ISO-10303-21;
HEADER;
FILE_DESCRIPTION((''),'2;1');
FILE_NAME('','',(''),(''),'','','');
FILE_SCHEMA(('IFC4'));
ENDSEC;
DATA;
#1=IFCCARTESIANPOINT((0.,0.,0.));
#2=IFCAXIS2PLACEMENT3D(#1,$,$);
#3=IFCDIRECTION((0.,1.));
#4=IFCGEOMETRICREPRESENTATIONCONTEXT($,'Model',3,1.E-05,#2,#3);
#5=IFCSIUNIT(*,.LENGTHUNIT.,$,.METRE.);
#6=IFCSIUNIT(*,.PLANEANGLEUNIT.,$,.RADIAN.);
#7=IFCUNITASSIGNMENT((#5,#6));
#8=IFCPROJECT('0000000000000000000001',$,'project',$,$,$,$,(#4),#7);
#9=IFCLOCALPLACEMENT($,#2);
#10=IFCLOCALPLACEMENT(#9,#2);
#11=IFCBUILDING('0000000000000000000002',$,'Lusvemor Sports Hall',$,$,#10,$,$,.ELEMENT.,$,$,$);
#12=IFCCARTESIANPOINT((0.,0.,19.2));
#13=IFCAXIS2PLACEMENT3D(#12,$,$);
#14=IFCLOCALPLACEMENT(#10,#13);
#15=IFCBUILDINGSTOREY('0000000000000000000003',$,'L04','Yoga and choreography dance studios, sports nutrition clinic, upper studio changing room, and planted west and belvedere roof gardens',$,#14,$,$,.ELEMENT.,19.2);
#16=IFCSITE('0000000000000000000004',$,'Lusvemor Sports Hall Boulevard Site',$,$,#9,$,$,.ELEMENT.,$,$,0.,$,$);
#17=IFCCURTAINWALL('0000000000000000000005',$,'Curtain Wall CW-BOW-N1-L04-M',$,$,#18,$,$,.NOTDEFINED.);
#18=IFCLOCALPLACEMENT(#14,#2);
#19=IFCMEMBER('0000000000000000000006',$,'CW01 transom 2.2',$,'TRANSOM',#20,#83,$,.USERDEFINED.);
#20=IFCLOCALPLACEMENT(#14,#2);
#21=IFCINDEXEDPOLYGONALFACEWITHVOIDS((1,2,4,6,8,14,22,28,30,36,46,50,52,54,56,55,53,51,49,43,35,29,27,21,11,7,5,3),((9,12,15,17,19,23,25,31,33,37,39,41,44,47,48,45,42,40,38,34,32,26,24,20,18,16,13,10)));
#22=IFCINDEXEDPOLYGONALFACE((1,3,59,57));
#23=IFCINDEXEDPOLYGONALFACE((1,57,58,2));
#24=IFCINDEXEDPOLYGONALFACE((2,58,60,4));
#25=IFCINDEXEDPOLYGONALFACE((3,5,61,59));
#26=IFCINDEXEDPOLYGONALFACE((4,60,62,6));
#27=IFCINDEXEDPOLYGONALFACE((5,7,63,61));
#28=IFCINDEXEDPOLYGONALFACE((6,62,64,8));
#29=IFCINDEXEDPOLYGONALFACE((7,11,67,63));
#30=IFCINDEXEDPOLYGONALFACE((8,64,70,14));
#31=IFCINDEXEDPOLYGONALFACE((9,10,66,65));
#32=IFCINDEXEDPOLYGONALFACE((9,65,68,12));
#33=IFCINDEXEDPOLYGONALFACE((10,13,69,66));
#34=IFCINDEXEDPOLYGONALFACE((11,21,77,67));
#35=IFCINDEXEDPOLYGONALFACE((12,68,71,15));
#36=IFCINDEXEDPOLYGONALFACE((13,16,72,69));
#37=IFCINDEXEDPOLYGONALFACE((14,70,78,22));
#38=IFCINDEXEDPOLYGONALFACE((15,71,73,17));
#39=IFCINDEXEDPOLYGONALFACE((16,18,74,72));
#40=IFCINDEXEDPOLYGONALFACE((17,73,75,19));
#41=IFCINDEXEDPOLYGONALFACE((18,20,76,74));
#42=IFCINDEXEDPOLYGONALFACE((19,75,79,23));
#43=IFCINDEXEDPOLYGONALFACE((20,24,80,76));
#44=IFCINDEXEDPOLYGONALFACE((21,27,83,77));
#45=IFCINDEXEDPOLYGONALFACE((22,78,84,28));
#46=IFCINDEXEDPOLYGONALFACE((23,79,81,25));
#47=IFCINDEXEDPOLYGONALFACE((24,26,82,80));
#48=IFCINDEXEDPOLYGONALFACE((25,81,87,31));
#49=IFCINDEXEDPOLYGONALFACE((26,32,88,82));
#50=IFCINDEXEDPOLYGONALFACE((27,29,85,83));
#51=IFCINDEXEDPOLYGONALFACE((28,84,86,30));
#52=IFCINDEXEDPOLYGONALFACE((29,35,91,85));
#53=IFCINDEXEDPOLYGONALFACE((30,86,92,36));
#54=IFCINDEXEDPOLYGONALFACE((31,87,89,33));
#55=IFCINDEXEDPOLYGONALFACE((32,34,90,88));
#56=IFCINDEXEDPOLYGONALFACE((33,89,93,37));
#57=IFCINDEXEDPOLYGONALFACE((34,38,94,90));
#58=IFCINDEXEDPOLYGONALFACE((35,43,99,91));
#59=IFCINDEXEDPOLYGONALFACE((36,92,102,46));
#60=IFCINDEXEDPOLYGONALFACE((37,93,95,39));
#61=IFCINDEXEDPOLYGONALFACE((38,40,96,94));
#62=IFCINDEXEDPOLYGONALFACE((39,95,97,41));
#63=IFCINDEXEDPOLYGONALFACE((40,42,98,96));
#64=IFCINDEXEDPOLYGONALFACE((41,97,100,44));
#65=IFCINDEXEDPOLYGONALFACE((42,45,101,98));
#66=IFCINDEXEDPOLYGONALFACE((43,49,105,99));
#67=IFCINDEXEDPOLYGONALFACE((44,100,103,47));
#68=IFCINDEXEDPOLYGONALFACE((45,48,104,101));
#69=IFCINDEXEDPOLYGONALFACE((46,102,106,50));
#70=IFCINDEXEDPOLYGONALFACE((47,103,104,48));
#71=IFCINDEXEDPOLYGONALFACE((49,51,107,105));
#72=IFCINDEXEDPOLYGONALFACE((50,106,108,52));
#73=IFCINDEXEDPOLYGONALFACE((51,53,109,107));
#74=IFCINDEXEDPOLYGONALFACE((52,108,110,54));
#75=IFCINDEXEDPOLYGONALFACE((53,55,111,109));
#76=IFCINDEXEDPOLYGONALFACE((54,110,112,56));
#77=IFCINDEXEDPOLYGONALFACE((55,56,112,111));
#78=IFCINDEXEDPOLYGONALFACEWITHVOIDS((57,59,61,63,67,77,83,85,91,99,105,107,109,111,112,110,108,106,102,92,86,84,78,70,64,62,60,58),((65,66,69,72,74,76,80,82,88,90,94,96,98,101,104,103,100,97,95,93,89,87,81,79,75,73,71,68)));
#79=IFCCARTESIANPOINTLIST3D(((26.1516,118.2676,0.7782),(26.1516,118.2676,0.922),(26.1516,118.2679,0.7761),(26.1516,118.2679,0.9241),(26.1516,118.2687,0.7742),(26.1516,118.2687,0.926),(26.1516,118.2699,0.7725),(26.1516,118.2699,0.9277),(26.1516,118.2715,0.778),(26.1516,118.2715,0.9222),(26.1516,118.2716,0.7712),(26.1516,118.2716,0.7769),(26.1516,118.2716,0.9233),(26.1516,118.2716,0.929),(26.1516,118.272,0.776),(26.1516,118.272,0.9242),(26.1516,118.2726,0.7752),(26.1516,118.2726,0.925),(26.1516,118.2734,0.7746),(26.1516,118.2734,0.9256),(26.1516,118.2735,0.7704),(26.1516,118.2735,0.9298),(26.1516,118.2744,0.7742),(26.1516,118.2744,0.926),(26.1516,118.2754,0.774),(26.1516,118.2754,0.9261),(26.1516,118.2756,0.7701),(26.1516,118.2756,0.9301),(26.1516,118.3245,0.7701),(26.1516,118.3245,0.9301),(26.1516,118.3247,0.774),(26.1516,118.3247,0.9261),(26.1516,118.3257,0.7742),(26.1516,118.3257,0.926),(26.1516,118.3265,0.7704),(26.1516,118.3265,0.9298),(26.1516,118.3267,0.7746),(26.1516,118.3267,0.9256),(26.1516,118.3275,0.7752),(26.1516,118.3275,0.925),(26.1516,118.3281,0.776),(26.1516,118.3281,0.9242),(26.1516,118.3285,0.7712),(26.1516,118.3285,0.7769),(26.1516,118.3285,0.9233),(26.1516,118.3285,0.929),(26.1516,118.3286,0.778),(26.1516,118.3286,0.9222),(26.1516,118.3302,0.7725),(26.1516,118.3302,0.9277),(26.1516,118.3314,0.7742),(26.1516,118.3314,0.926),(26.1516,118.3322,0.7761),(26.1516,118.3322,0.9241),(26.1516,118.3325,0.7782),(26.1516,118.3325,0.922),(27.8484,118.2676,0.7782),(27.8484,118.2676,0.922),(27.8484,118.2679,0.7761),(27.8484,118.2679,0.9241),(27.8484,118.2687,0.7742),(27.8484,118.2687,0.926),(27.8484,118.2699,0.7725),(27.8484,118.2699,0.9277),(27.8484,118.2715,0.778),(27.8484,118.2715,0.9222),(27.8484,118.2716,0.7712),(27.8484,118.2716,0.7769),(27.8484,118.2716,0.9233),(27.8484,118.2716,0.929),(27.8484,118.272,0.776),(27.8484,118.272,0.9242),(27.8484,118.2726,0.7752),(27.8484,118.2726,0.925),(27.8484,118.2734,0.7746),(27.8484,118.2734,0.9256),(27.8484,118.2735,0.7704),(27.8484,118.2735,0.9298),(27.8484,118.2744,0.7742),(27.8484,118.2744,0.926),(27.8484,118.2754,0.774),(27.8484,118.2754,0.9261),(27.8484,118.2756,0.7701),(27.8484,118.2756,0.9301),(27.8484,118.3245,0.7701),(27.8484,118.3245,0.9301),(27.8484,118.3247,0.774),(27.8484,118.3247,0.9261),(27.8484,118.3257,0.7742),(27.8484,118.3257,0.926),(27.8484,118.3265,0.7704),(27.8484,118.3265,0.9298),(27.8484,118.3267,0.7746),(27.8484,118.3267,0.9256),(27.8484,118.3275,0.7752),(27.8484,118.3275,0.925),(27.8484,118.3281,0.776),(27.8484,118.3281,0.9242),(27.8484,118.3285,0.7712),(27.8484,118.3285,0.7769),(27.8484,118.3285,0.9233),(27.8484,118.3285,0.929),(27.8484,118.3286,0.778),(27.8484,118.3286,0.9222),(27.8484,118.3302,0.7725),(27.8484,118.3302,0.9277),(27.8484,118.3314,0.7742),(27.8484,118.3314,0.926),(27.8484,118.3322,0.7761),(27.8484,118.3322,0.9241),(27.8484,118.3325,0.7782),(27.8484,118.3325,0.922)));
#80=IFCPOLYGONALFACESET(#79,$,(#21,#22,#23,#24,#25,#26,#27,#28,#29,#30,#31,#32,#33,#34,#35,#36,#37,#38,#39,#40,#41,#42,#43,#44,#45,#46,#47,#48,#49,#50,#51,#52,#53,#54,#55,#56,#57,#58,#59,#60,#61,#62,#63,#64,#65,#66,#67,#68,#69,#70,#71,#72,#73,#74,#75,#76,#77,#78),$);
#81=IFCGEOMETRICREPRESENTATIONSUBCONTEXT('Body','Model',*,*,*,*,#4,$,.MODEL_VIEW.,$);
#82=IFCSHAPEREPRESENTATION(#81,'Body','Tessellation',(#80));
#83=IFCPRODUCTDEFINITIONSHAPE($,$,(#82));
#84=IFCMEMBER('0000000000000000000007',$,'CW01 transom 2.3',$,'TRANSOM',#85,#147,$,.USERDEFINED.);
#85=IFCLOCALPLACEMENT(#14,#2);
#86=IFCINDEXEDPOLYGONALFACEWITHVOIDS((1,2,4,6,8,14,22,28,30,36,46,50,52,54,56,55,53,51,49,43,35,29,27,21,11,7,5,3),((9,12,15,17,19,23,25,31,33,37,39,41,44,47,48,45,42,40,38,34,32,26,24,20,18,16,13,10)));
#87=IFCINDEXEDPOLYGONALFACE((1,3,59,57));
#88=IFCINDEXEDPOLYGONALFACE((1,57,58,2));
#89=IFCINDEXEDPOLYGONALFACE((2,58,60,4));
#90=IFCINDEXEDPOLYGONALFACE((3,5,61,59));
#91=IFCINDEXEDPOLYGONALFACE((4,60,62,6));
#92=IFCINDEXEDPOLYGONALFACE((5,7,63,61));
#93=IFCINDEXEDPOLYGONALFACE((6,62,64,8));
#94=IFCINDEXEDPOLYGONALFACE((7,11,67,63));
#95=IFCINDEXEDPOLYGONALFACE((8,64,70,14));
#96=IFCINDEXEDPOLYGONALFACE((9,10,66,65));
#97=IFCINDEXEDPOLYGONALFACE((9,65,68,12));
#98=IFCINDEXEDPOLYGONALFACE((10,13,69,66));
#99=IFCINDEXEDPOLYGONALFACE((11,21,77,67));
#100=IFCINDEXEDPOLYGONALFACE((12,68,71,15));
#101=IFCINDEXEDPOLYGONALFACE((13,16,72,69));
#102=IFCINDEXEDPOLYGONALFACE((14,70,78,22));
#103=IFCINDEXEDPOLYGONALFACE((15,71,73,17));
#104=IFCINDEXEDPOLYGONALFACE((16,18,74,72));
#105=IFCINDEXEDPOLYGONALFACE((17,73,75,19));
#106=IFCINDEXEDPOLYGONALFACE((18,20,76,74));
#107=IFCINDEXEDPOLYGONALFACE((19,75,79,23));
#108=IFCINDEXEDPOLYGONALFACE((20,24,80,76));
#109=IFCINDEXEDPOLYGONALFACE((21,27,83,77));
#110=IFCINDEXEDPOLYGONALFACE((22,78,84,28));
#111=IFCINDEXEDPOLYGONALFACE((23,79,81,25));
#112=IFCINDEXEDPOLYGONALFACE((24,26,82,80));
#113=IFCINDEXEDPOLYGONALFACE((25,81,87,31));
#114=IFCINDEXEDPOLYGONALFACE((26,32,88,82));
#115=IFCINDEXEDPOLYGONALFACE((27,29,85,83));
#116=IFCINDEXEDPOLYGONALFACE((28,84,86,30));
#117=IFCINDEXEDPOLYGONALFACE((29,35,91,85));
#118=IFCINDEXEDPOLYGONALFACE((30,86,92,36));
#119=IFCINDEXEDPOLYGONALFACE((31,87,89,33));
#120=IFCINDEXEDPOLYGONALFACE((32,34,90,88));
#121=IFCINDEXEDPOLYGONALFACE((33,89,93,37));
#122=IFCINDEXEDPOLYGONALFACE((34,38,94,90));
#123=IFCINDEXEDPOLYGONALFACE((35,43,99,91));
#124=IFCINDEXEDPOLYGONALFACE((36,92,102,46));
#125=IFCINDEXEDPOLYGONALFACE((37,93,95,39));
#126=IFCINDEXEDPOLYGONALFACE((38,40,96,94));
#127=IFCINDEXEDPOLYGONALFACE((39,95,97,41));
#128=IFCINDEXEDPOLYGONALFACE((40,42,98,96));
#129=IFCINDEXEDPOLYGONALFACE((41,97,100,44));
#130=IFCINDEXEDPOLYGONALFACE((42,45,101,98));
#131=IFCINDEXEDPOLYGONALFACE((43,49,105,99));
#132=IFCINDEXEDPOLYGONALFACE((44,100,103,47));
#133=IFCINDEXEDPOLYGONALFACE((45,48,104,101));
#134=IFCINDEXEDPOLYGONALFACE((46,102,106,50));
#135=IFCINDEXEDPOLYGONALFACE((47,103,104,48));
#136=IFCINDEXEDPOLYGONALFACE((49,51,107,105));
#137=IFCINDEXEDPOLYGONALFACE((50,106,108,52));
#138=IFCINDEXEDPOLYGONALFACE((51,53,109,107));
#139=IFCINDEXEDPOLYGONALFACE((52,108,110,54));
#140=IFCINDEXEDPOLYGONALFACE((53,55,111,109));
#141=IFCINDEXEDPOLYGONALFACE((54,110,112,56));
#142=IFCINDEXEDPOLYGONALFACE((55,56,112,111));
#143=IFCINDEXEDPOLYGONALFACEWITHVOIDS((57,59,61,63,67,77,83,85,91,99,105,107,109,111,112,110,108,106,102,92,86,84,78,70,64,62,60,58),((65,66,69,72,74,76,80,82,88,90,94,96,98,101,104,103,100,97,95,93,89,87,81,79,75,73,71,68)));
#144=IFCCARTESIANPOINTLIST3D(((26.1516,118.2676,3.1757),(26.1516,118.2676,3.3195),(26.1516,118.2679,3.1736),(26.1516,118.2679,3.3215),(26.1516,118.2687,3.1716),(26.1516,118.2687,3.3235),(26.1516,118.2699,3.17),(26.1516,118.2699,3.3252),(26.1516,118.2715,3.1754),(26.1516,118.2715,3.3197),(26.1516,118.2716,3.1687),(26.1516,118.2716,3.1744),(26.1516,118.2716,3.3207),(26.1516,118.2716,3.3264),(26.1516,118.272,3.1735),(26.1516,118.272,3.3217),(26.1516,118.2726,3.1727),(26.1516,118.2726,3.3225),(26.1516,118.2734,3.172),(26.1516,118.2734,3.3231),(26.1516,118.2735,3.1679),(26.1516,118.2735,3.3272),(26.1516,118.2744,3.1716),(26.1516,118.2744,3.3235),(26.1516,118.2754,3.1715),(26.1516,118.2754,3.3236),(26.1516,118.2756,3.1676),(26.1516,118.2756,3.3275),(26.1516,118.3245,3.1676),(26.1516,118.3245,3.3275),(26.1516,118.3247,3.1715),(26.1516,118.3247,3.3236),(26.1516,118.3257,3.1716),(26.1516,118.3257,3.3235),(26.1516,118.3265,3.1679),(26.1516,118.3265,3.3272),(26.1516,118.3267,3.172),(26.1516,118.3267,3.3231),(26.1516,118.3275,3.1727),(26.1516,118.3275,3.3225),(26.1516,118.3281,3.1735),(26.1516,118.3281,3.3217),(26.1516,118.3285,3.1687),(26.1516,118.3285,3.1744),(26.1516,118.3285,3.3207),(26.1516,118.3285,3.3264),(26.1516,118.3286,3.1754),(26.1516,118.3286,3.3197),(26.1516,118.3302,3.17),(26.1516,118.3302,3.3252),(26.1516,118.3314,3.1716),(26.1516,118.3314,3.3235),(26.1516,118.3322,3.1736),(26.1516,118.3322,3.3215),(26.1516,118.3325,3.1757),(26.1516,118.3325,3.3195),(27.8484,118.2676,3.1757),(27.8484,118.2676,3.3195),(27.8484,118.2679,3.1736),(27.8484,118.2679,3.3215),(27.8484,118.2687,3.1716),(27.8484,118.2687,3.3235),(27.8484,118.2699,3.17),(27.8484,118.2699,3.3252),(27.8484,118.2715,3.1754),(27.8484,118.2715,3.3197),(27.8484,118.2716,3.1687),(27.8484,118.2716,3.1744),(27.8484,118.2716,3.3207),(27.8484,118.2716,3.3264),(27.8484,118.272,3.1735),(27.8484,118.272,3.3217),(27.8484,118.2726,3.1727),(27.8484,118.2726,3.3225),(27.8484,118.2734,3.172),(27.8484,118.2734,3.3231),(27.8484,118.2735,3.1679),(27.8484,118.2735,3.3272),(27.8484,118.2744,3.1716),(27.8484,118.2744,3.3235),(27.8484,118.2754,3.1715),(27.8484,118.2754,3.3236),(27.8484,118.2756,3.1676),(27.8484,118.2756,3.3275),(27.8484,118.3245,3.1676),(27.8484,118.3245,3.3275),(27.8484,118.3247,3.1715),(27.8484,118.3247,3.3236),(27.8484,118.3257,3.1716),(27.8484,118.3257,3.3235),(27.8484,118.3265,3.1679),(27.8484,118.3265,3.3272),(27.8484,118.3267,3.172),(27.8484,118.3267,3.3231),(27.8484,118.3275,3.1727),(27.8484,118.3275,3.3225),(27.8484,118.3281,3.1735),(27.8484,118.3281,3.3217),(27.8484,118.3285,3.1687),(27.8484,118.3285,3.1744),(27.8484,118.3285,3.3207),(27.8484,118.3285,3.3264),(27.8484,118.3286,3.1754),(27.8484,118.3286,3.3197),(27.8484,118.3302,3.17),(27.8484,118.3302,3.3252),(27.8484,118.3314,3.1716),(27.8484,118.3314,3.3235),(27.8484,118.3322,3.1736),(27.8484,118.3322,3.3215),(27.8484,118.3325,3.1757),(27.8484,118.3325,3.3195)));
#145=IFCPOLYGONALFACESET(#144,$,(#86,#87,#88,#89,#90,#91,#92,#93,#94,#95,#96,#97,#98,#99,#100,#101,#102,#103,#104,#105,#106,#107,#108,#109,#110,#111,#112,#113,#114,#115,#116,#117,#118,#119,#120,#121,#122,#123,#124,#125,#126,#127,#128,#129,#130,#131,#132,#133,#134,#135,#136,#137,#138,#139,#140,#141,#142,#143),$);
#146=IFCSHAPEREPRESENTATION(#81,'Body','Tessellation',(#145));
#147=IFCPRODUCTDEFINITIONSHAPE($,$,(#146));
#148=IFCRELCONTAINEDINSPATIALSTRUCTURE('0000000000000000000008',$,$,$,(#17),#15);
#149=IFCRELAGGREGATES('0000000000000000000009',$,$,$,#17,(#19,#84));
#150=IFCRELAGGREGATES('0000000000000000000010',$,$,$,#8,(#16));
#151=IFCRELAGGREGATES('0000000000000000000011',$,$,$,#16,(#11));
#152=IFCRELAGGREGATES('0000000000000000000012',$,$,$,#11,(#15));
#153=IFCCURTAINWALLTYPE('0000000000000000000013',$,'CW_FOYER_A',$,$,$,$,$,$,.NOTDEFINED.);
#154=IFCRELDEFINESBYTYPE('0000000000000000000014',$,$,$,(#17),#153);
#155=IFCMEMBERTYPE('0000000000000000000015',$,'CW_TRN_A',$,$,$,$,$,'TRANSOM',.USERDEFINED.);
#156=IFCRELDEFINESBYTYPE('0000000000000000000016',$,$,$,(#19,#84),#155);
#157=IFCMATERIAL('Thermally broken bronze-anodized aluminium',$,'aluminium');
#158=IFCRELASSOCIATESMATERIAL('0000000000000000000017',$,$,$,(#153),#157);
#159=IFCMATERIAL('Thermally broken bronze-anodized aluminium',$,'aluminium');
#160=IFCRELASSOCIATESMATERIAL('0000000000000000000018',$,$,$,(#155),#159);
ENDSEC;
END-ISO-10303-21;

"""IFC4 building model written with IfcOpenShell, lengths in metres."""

from ifc_helpers import new_model, si_unit, direction, frame, origin, origin_2d, place, context, subcontext, project, spatial, hollow_rectangle, extrude, material, material_profile, profile_set, type_object, element, aggregate, save


model = new_model("IFC4")

# Units and contexts
model_context = context("Model", 3, precision=1e-05, world=origin(), true_north=direction((0.0, 1.0)))
body_context = subcontext(model_context, "Body", "Model", "MODEL_VIEW")
ifc_project = project(units=[si_unit("LENGTHUNIT", "METRE"), si_unit("PLANEANGLEUNIT", "RADIAN")], contexts=[model_context])

# Site, building, storey
site_placement = place(None, origin())
site = spatial("IfcSite", under=ifc_project, at=site_placement, Name="Lusvemor Sports Hall Boulevard Site", CompositionType="ELEMENT", RefElevation=0.0)
building_placement = place(site_placement, origin())
building = spatial("IfcBuilding", under=site, at=building_placement, Name="Lusvemor Sports Hall", CompositionType="ELEMENT")
storey_placement = place(building_placement, frame((0.0, 0.0, 19.2)))
storey = spatial("IfcBuildingStorey", under=building, at=storey_placement, Name="L04", Description="Yoga and choreography dance studios, sports nutrition clinic, upper studio changing room, and planted west and belvedere roof gardens", CompositionType="ELEMENT", Elevation=19.2)

# Curtain wall
ifc_material_1 = material(Name="Thermally broken bronze-anodized aluminium", Category="aluminium")
curtain_wall_type_1 = type_object("IfcCurtainWallType", Name="CW_FOYER_A", PredefinedType="NOTDEFINED", material=ifc_material_1)
curtain_wall_1_placement = place(storey_placement, origin())
curtain_wall_1 = element("IfcCurtainWall", 1, at=curtain_wall_1_placement, inside=storey, type_object=curtain_wall_type_1, Name="Curtain Wall CW-BOW-N1-L04-M", PredefinedType="NOTDEFINED")

# Members
ifc_material_2 = material(Name="Thermally broken bronze-anodized aluminium", Category="aluminium")
ifc_material_profile_1 = material_profile(ifc_material_2, hollow_rectangle(XDim=0.0649, YDim=0.1599, WallThickness=0.0039, InnerFilletRadius=0.0039, OuterFilletRadius=0.0081, at=origin_2d()), Name="CWTRN160x65x4")
ifc_profile_set_1 = profile_set([ifc_material_profile_1], Name="Thermally broken bronze-anodized aluminium")
member_type_1 = type_object("IfcMemberType", Name="CW_TRN_A", ElementType="TRANSOM", PredefinedType="USERDEFINED", material=ifc_profile_set_1)
member_1_placement = place(storey_placement, frame((26.1516, 118.3, 0.8501), z_axis=(1.0, 0.0, 0.0), x_axis=(0.0, 1.0, 0.0)))
member_1 = element("IfcMember", 2, at=member_1_placement, type_object=member_type_1, Name="CW01 transom 2.2", ObjectType="TRANSOM", PredefinedType="USERDEFINED", context=body_context, shape_type="SweptSolid", body=[
    extrude(hollow_rectangle(XDim=0.0649, YDim=0.1599, WallThickness=0.0039, InnerFilletRadius=0.0039, OuterFilletRadius=0.0081, at=origin_2d()), origin(), (0.0, 0.0, 1.0), 1.6968),
])
member_2_placement = place(storey_placement, frame((26.1516, 118.3, 3.2476), z_axis=(1.0, 0.0, 0.0), x_axis=(0.0, 1.0, 0.0)))
member_2 = element("IfcMember", 3, at=member_2_placement, type_object=member_type_1, Name="CW01 transom 2.3", ObjectType="TRANSOM", PredefinedType="USERDEFINED", context=body_context, shape_type="SweptSolid", body=[
    extrude(hollow_rectangle(XDim=0.0649, YDim=0.1599, WallThickness=0.0039, InnerFilletRadius=0.0039, OuterFilletRadius=0.0081, at=origin_2d()), origin(), (0.0, 0.0, 1.0), 1.6968),
])

aggregate(curtain_wall_1, [member_1, member_2])

save(model, "model.ifc")
